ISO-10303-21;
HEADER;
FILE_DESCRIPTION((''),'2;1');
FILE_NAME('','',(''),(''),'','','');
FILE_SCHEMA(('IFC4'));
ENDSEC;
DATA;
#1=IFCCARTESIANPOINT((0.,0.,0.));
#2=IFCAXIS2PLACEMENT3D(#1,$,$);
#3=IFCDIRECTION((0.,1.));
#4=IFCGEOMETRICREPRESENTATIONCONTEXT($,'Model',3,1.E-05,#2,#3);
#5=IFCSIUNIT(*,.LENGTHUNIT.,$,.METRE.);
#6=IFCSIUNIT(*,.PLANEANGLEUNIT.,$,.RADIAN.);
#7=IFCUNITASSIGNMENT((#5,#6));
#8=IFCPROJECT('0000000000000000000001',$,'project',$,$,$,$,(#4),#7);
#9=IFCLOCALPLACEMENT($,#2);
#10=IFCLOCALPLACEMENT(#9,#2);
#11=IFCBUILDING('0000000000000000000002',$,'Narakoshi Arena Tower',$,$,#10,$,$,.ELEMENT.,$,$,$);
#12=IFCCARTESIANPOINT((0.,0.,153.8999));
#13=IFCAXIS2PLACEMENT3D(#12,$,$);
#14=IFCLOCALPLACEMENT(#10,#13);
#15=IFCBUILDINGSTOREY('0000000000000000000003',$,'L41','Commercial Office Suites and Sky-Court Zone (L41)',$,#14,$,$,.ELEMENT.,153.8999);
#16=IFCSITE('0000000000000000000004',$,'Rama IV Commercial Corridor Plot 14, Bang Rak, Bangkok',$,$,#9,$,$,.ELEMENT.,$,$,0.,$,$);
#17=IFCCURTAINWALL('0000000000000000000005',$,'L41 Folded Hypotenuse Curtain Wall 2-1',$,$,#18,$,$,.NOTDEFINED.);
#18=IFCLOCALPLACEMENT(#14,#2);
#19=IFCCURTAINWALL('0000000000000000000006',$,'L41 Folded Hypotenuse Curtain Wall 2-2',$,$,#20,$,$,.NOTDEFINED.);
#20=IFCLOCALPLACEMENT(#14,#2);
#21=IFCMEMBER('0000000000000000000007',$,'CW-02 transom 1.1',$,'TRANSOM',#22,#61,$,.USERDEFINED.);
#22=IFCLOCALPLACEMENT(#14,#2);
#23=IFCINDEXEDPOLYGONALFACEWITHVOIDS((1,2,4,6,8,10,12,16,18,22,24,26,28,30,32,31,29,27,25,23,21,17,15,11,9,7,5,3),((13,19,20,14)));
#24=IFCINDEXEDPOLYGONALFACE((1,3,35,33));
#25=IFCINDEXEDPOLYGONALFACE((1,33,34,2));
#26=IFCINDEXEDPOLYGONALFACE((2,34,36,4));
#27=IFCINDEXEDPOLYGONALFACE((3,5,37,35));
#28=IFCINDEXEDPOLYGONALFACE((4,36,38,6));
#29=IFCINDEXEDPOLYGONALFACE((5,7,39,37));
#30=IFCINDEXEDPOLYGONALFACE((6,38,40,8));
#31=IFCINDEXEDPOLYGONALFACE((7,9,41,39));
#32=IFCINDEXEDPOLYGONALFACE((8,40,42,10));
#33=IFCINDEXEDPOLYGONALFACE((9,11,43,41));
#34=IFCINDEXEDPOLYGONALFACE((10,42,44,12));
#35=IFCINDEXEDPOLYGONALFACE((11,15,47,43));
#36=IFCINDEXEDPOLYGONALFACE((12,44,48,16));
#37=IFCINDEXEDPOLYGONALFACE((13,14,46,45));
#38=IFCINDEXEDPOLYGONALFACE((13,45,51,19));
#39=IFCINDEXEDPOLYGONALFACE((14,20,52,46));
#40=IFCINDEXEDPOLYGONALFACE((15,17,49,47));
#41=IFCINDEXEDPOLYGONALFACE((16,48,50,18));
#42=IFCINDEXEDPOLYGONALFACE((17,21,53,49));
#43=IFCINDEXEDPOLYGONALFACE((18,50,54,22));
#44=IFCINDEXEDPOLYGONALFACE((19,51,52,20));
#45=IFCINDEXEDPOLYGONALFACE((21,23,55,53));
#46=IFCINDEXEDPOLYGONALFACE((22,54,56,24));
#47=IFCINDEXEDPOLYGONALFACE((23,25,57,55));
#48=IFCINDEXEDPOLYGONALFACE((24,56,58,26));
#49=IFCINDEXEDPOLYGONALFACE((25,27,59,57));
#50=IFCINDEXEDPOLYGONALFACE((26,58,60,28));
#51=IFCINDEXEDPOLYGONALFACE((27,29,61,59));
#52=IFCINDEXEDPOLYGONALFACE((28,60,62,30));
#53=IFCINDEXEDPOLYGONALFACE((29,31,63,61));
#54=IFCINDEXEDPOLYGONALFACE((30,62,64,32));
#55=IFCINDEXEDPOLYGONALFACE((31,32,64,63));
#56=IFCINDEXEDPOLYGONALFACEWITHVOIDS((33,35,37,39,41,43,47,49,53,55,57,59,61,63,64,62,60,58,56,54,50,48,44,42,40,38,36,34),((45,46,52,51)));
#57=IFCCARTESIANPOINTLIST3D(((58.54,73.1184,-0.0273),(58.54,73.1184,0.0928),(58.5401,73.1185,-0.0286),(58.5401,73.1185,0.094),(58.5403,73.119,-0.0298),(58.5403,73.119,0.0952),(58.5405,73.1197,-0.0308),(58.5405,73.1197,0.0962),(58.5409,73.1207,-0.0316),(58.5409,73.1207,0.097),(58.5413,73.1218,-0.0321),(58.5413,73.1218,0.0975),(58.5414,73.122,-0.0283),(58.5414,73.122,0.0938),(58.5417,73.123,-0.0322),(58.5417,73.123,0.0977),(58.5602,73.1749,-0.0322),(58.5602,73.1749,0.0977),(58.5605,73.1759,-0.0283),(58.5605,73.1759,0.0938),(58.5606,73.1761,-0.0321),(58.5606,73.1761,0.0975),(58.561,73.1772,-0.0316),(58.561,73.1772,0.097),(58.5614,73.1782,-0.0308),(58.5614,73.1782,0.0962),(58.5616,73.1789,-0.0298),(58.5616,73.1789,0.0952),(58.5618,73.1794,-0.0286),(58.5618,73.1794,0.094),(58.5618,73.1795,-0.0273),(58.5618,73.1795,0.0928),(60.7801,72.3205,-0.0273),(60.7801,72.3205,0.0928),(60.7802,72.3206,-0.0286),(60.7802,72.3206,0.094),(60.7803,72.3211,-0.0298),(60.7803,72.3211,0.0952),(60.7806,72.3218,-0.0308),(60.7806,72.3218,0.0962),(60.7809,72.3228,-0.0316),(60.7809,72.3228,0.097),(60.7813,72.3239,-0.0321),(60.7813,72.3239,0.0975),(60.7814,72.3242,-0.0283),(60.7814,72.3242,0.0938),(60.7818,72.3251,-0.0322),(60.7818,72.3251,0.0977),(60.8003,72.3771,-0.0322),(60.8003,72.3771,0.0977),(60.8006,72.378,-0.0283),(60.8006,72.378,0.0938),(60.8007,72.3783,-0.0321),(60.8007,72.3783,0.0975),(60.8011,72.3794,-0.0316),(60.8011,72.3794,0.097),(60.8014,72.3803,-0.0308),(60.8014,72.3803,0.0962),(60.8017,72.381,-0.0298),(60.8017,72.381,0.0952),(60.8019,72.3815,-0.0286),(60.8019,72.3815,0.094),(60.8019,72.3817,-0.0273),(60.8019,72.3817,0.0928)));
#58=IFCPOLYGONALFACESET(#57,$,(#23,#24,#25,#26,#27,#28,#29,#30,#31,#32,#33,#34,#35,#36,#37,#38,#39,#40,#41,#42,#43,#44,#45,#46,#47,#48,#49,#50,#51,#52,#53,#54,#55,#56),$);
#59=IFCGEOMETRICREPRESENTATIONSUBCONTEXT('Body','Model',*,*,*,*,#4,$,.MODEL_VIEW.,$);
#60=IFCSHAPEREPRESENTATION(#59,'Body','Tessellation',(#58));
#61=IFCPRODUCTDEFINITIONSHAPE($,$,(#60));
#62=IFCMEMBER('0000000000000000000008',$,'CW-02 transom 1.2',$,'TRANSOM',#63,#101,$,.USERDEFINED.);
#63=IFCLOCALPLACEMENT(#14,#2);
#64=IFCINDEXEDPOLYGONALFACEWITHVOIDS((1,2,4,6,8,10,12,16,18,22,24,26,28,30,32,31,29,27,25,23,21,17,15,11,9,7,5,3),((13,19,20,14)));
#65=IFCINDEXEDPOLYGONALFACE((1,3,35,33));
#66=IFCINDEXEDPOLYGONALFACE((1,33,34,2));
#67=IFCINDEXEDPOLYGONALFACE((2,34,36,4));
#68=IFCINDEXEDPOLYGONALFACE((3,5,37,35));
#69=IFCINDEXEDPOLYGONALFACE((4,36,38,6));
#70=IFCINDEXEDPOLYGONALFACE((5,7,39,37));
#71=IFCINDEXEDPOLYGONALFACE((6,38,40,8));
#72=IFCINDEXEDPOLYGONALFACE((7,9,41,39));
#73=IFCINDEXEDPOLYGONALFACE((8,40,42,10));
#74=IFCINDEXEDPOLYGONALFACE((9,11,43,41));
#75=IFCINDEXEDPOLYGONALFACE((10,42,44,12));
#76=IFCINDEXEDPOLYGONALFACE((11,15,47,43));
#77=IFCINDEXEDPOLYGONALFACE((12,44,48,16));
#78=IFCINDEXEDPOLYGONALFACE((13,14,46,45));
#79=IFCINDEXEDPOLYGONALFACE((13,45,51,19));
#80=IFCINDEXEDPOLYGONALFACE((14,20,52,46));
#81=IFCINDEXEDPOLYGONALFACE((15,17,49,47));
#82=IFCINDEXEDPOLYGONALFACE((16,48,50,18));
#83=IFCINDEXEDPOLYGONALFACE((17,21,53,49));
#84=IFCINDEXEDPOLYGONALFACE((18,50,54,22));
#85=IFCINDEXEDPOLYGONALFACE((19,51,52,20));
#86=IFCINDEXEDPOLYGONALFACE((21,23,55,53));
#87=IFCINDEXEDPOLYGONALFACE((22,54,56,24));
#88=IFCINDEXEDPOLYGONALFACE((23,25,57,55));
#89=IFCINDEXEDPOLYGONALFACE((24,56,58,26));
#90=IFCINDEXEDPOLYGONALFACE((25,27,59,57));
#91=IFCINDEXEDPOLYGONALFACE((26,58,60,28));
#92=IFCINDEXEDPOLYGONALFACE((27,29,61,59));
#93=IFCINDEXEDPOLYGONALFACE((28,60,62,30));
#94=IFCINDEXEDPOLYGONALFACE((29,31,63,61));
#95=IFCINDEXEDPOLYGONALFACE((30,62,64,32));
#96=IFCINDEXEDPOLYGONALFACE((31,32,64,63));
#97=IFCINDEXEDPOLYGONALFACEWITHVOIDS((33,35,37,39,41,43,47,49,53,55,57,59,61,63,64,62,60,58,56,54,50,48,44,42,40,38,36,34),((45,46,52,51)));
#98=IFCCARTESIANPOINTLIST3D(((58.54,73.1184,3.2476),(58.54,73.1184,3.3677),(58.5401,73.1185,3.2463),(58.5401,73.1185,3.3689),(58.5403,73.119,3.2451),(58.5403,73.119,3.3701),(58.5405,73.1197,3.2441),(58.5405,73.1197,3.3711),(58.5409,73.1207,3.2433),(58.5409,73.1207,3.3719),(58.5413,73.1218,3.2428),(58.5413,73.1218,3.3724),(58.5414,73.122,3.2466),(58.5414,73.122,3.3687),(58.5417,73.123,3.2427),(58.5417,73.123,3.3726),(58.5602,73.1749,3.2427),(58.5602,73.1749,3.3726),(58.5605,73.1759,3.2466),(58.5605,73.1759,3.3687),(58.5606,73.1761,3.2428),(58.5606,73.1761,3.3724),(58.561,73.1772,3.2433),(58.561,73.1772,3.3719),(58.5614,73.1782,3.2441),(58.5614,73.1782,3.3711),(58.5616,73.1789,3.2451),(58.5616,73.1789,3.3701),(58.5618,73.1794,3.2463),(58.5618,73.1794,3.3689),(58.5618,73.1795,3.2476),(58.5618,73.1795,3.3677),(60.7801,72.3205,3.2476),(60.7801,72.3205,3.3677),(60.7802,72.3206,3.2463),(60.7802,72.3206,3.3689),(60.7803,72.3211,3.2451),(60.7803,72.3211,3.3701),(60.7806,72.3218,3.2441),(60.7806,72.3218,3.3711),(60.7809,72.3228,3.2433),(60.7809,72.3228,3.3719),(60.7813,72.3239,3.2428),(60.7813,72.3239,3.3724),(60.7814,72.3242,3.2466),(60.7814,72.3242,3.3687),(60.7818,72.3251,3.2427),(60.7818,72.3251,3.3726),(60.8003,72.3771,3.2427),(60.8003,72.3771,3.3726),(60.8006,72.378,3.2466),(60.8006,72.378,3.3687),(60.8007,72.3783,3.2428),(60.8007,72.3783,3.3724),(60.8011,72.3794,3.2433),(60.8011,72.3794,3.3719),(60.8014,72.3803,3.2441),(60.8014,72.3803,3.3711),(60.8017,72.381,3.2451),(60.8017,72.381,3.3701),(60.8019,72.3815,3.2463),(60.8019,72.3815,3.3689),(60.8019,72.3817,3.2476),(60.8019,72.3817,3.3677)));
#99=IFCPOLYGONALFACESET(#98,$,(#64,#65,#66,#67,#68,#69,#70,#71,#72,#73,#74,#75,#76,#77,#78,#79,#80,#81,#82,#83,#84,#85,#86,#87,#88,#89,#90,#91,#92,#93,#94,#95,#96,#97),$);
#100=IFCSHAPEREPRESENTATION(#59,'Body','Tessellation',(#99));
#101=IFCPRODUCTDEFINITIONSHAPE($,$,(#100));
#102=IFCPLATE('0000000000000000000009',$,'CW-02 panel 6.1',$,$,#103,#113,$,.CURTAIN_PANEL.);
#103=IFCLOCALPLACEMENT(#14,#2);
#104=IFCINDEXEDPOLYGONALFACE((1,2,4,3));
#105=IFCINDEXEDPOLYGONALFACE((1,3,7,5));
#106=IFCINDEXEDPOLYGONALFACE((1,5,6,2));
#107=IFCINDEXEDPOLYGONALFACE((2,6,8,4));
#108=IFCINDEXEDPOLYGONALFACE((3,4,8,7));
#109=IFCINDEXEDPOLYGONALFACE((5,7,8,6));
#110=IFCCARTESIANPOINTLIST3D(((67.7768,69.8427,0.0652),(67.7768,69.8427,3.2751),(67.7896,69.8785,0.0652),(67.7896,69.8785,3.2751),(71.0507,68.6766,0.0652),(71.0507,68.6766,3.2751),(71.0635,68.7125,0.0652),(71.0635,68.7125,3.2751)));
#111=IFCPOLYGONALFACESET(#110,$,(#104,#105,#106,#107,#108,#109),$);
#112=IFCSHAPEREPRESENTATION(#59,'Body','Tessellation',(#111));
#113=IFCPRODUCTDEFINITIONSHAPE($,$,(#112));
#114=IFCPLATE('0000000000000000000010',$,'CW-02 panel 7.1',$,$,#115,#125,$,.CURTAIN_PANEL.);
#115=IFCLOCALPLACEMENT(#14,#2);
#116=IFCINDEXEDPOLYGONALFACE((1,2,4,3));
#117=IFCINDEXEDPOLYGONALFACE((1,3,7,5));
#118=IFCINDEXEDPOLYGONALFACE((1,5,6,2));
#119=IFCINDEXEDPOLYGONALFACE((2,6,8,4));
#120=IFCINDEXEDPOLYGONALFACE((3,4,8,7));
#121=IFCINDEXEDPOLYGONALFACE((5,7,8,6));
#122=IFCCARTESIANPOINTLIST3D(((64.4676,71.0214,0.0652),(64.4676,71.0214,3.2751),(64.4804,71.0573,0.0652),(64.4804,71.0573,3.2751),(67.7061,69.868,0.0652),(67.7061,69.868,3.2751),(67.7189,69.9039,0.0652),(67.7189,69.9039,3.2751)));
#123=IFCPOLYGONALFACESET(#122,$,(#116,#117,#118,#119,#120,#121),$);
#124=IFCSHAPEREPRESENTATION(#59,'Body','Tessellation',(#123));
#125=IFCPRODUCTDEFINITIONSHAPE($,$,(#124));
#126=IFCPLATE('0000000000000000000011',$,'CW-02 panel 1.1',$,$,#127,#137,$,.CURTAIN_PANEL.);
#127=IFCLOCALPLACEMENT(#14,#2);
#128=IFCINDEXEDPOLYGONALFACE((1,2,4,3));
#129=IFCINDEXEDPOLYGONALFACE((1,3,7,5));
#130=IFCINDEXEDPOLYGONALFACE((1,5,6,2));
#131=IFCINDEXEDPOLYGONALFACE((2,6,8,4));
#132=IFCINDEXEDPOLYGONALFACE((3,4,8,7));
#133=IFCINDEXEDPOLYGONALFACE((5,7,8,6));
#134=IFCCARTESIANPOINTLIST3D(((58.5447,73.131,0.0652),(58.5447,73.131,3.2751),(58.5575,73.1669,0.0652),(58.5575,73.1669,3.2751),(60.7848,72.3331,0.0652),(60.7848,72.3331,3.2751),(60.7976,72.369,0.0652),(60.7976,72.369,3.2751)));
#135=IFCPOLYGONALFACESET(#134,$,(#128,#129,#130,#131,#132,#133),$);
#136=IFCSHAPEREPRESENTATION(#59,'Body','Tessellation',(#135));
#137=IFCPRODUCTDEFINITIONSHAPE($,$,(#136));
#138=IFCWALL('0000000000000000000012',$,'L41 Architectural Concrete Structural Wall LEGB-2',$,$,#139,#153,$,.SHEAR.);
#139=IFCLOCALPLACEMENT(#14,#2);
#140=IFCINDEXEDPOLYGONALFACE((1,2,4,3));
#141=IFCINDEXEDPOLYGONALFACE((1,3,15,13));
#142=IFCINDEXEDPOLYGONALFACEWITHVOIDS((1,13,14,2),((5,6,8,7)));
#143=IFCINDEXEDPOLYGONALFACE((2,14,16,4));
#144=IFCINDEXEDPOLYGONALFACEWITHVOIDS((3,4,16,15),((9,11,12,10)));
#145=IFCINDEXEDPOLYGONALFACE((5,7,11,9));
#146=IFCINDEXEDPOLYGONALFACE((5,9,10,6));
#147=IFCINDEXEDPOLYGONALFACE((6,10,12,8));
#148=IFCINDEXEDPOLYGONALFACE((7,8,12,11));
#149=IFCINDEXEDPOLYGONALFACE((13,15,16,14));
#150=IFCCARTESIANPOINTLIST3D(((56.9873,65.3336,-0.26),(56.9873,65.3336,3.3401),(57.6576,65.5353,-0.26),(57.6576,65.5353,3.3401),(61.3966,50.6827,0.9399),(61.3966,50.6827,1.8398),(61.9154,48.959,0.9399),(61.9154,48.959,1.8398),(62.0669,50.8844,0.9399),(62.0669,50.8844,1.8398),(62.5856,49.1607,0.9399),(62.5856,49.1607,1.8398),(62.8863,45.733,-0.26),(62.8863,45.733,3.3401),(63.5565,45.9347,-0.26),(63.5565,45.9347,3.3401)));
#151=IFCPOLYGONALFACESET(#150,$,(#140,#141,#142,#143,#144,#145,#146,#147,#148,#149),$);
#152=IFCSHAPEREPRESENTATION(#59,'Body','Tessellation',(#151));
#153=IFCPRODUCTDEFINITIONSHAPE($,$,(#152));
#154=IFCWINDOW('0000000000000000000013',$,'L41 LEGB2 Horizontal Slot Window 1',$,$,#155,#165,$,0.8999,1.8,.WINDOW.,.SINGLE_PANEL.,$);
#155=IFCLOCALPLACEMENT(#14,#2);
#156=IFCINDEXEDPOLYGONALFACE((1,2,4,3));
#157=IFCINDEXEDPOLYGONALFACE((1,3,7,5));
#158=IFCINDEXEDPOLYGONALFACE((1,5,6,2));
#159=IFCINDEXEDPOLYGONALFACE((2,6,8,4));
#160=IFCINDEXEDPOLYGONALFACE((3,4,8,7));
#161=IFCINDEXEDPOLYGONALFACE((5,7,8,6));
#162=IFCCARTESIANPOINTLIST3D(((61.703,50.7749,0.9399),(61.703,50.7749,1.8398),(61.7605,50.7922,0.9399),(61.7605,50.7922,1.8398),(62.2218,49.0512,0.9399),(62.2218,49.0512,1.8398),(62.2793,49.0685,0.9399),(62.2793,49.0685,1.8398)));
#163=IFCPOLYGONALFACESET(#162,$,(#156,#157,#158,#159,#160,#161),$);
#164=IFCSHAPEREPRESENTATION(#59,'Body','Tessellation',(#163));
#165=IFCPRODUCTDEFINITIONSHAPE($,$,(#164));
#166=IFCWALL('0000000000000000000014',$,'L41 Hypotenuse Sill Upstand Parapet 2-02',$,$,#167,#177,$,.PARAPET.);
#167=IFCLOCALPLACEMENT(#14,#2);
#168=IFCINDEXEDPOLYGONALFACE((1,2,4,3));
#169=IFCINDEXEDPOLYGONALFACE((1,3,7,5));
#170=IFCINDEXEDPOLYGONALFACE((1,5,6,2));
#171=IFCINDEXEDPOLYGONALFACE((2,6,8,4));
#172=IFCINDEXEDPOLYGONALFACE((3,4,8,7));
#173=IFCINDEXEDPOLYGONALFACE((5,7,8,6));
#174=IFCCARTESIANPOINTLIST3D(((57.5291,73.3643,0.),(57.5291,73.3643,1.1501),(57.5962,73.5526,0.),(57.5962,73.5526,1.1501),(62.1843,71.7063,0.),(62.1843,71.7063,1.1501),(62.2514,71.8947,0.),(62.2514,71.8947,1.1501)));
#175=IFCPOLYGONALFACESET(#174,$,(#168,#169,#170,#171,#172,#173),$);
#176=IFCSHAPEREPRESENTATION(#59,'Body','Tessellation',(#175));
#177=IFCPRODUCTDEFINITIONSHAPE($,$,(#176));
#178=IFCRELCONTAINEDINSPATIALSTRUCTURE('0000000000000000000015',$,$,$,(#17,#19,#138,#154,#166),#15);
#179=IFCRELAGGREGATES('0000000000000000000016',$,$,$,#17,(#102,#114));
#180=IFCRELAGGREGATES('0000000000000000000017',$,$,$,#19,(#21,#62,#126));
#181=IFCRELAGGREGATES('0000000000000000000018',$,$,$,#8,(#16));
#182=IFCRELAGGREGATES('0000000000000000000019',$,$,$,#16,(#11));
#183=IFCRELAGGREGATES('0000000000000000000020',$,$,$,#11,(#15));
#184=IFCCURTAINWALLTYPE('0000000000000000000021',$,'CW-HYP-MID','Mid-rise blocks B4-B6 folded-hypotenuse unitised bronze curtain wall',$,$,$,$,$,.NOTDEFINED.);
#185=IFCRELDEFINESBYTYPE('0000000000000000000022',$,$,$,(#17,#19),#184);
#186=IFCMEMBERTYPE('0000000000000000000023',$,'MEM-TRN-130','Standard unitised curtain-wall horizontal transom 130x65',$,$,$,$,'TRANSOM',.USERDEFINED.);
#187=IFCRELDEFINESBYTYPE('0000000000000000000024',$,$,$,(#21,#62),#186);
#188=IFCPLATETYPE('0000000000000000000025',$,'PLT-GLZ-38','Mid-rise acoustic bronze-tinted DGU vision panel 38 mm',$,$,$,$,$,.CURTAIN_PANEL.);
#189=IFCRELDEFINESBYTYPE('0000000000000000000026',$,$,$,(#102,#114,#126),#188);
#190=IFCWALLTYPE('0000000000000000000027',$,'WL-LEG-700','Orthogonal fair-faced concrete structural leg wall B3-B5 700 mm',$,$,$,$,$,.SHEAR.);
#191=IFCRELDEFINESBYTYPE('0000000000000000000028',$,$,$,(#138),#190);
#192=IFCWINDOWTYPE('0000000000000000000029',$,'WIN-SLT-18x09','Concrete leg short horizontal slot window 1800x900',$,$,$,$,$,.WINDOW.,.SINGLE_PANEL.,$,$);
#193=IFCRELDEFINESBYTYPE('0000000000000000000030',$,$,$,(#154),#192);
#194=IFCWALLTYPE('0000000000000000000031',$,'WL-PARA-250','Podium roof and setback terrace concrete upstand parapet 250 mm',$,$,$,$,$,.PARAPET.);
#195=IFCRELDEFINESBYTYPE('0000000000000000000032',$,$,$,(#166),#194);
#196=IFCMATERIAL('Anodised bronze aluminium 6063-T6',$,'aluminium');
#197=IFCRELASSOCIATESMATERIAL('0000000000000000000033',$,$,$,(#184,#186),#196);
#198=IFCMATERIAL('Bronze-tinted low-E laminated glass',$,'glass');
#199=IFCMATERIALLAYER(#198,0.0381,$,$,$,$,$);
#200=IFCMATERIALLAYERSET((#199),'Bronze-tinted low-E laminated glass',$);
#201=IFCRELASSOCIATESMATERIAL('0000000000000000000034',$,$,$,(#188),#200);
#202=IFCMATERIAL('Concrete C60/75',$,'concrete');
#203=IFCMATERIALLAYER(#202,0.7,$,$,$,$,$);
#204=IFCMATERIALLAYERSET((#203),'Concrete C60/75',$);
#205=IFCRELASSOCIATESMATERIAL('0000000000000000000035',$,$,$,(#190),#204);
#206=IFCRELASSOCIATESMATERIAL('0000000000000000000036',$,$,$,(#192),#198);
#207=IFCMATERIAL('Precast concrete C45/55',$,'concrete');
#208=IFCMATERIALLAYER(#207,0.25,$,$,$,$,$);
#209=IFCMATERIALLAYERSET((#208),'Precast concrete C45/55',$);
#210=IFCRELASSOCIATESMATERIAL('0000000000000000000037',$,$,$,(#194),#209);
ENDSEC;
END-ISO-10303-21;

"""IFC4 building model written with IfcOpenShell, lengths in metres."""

from ifc_helpers import new_model, si_unit, direction, frame, frame_2d, origin, origin_2d, place, context, subcontext, project, spatial, rectangle, hollow_rectangle, extrude, material, layer, layer_set, material_profile, profile_set, type_object, element, fill, aggregate, save


model = new_model("IFC4")

# Units and contexts
model_context = context("Model", 3, precision=1e-05, world=origin(), true_north=direction((0.0, 1.0)))
body_context = subcontext(model_context, "Body", "Model", "MODEL_VIEW")
ifc_project = project(units=[si_unit("LENGTHUNIT", "METRE"), si_unit("PLANEANGLEUNIT", "RADIAN")], contexts=[model_context])

# Site, building, storey
site_placement = place(None, origin())
site = spatial("IfcSite", under=ifc_project, at=site_placement, Name="Rama IV Commercial Corridor Plot 14, Bang Rak, Bangkok", CompositionType="ELEMENT", RefElevation=0.0)
building_placement = place(site_placement, origin())
building = spatial("IfcBuilding", under=site, at=building_placement, Name="Narakoshi Arena Tower", CompositionType="ELEMENT")
storey_placement = place(building_placement, frame((0.0, 0.0, 153.8999)))
storey = spatial("IfcBuildingStorey", under=building, at=storey_placement, Name="L41", Description="Commercial Office Suites and Sky-Court Zone (L41)", CompositionType="ELEMENT", Elevation=153.8999)

# Shared definitions
ifc_material_1 = material(Name="Concrete C60/75", Category="concrete")

# Curtain walls
ifc_material_2 = material(Name="Anodised bronze aluminium 6063-T6", Category="aluminium")
curtain_wall_type = type_object("IfcCurtainWallType", Name="CW-HYP-MID", Description="Mid-rise blocks B4-B6 folded-hypotenuse unitised bronze curtain wall", PredefinedType="NOTDEFINED", material=ifc_material_2)
curtain_wall_1_placement = place(storey_placement, origin())
curtain_wall_1 = element("IfcCurtainWall", 1, at=curtain_wall_1_placement, inside=storey, type_object=curtain_wall_type, Name="L41 Folded Hypotenuse Curtain Wall 2-1", PredefinedType="NOTDEFINED")
curtain_wall_2_placement = place(storey_placement, origin())
curtain_wall_2 = element("IfcCurtainWall", 2, at=curtain_wall_2_placement, inside=storey, type_object=curtain_wall_type, Name="L41 Folded Hypotenuse Curtain Wall 2-2", PredefinedType="NOTDEFINED")

# Members
ifc_material_profile_1 = material_profile(ifc_material_2, hollow_rectangle(XDim=0.0649, YDim=0.1299, WallThickness=0.0039, OuterFilletRadius=0.0049, at=origin_2d()), Name="TRN130x65x4")
ifc_profile_set_1 = profile_set([ifc_material_profile_1], Name="Anodised bronze aluminium 6063-T6")
member_type_1 = type_object("IfcMemberType", Name="MEM-TRN-130", Description="Standard unitised curtain-wall horizontal transom 130x65", ElementType="TRANSOM", PredefinedType="USERDEFINED", material=ifc_profile_set_1)
member_1_placement = place(storey_placement, frame((60.791, 72.3511, 0.0327), z_axis=(-0.942027, 0.335536, 0.0), x_axis=(-0.335536, -0.942027, 0.0)))
member_1 = element("IfcMember", 3, at=member_1_placement, type_object=member_type_1, Name="CW-02 transom 1.1", ObjectType="TRANSOM", PredefinedType="USERDEFINED", context=body_context, shape_type="SweptSolid", body=[
    extrude(hollow_rectangle(XDim=0.0649, YDim=0.1299, WallThickness=0.0039, OuterFilletRadius=0.0049, at=origin_2d()), origin(), (0.0, 0.0, 1.0), 2.3779),
])
member_2_placement = place(storey_placement, frame((60.791, 72.3511, 3.3076), z_axis=(-0.942027, 0.335536, 0.0), x_axis=(-0.335536, -0.942027, 0.0)))
member_2 = element("IfcMember", 4, at=member_2_placement, type_object=member_type_1, Name="CW-02 transom 1.2", ObjectType="TRANSOM", PredefinedType="USERDEFINED", context=body_context, shape_type="SweptSolid", body=[
    extrude(hollow_rectangle(XDim=0.0649, YDim=0.1299, WallThickness=0.0039, OuterFilletRadius=0.0049, at=origin_2d()), origin(), (0.0, 0.0, 1.0), 2.3779),
])

# Plates
ifc_material_3 = material(Name="Bronze-tinted low-E laminated glass", Category="glass")
ifc_layer_1 = layer(ifc_material_3, 0.0381)
ifc_layer_set_1 = layer_set([ifc_layer_1], Name="Bronze-tinted low-E laminated glass")
plate_type = type_object("IfcPlateType", Name="PLT-GLZ-38", Description="Mid-rise acoustic bronze-tinted DGU vision panel 38 mm", PredefinedType="CURTAIN_PANEL", material=ifc_layer_set_1)
plate_1_placement = place(storey_placement, frame((69.4202, 69.2776, 0.0652), z_axis=(0.0, 0.0, 1.0), x_axis=(-0.942034, 0.335518, 0.0)))
plate_1 = element("IfcPlate", 5, at=plate_1_placement, type_object=plate_type, Name="CW-02 panel 6.1", PredefinedType="CURTAIN_PANEL", context=body_context, shape_type="SweptSolid", body=[
    extrude(rectangle(XDim=3.4753, YDim=0.0381, at=origin_2d()), origin(), (0.0, 0.0, 1.0), 3.21),
])
plate_2_placement = place(storey_placement, frame((66.0933, 70.4626, 0.0652), z_axis=(0.0, 0.0, 1.0), x_axis=(-0.942034, 0.335518, 0.0)))
plate_2 = element("IfcPlate", 6, at=plate_2_placement, type_object=plate_type, Name="CW-02 panel 7.1", PredefinedType="CURTAIN_PANEL", context=body_context, shape_type="SweptSolid", body=[
    extrude(rectangle(XDim=3.4377, YDim=0.0381, at=origin_2d()), origin(), (0.0, 0.0, 1.0), 3.21),
])
aggregate(curtain_wall_1, [plate_1, plate_2])
plate_3_placement = place(storey_placement, frame((59.6711, 72.75, 0.0652), z_axis=(0.0, 0.0, 1.0), x_axis=(-0.942025, 0.335542, 0.0)))
plate_3 = element("IfcPlate", 7, at=plate_3_placement, type_object=plate_type, Name="CW-02 panel 1.1", PredefinedType="CURTAIN_PANEL", context=body_context, shape_type="SweptSolid", body=[
    extrude(rectangle(XDim=2.3779, YDim=0.0381, at=origin_2d()), origin(), (0.0, 0.0, 1.0), 3.21),
])
aggregate(curtain_wall_2, [member_1, member_2, plate_3])

# Wall, opening, window
ifc_layer_2 = layer(ifc_material_1, 0.7)
ifc_layer_set_2 = layer_set([ifc_layer_2], Name="Concrete C60/75")
wall_type_1 = type_object("IfcWallType", Name="WL-LEG-700", Description="Orthogonal fair-faced concrete structural leg wall B3-B5 700 mm", PredefinedType="SHEAR", material=ifc_layer_set_2)
wall_1_placement = place(storey_placement, frame((57.3225, 65.4343, -0.26), z_axis=(0.0, 0.0, 1.0), x_axis=(0.288188, -0.957574, 0.0)))
wall_1 = element("IfcWall", 8, at=wall_1_placement, inside=storey, type_object=wall_type_1, Name="L41 Architectural Concrete Structural Wall LEGB-2", PredefinedType="SHEAR", context=body_context, shape_type="SweptSolid", body=[
    extrude(rectangle(XDim=20.469, YDim=0.7, at=frame_2d((10.2344, 0.0))), origin(), (0.0, 0.0, 1.0), 3.6001),
])
opening_1_placement = place(wall_1_placement, frame((15.3, 0.0, 1.2)))
opening_1 = element("IfcOpeningElement", 9, at=opening_1_placement, cuts=wall_1, PredefinedType="OPENING", context=body_context, shape_type="SweptSolid", body=[
    extrude(rectangle(XDim=1.8, YDim=0.8999, at=frame_2d((0.8999, 0.45))), frame((0.0, 0.3599, 0.0), z_axis=(0.0, -1.0, 0.0), x_axis=(1.0, 0.0, 0.0)), (0.0, 0.0, 1.0), 0.72),
])
window_type_1 = type_object("IfcWindowType", Name="WIN-SLT-18x09", Description="Concrete leg short horizontal slot window 1800x900", PartitioningType="SINGLE_PANEL", PredefinedType="WINDOW", material=ifc_material_3)
window_1_placement = place(opening_1_placement, origin())
window_1 = element("IfcWindow", 10, at=window_1_placement, inside=storey, type_object=window_type_1, Name="L41 LEGB2 Horizontal Slot Window 1", OverallHeight=0.8999, OverallWidth=1.8, PartitioningType="SINGLE_PANEL", PredefinedType="WINDOW", context=body_context, shape_type="SweptSolid", body=[
    extrude(rectangle(XDim=1.8, YDim=0.8999, at=frame_2d((0.8999, 0.45))), frame((0.0, 0.03, 0.0), z_axis=(0.0, -1.0, 0.0), x_axis=(1.0, 0.0, 0.0)), (0.0, 0.0, 1.0), 0.0601),
])
fill(opening_1, window_1)

# Wall
ifc_material_4 = material(Name="Precast concrete C45/55", Category="concrete")
ifc_layer_3 = layer(ifc_material_4, 0.25)
ifc_layer_set_3 = layer_set([ifc_layer_3], Name="Precast concrete C45/55")
wall_type_2 = type_object("IfcWallType", Name="WL-PARA-250", Description="Podium roof and setback terrace concrete upstand parapet 250 mm", PredefinedType="PARAPET", material=ifc_layer_set_3)
wall_2_placement = place(storey_placement, frame((62.2178, 71.8005, 0.0), z_axis=(0.0, 0.0, 1.0), x_axis=(-0.942039, 0.335504, 0.0)))
element("IfcWall", 11, at=wall_2_placement, inside=storey, type_object=wall_type_2, Name="L41 Hypotenuse Sill Upstand Parapet 2-02", PredefinedType="PARAPET", context=body_context, shape_type="SweptSolid", body=[
    extrude(rectangle(XDim=4.9417, YDim=0.2, at=frame_2d((2.4707, 0.0))), origin(), (0.0, 0.0, 1.0), 1.1501),
])

save(model, "model.ifc")
